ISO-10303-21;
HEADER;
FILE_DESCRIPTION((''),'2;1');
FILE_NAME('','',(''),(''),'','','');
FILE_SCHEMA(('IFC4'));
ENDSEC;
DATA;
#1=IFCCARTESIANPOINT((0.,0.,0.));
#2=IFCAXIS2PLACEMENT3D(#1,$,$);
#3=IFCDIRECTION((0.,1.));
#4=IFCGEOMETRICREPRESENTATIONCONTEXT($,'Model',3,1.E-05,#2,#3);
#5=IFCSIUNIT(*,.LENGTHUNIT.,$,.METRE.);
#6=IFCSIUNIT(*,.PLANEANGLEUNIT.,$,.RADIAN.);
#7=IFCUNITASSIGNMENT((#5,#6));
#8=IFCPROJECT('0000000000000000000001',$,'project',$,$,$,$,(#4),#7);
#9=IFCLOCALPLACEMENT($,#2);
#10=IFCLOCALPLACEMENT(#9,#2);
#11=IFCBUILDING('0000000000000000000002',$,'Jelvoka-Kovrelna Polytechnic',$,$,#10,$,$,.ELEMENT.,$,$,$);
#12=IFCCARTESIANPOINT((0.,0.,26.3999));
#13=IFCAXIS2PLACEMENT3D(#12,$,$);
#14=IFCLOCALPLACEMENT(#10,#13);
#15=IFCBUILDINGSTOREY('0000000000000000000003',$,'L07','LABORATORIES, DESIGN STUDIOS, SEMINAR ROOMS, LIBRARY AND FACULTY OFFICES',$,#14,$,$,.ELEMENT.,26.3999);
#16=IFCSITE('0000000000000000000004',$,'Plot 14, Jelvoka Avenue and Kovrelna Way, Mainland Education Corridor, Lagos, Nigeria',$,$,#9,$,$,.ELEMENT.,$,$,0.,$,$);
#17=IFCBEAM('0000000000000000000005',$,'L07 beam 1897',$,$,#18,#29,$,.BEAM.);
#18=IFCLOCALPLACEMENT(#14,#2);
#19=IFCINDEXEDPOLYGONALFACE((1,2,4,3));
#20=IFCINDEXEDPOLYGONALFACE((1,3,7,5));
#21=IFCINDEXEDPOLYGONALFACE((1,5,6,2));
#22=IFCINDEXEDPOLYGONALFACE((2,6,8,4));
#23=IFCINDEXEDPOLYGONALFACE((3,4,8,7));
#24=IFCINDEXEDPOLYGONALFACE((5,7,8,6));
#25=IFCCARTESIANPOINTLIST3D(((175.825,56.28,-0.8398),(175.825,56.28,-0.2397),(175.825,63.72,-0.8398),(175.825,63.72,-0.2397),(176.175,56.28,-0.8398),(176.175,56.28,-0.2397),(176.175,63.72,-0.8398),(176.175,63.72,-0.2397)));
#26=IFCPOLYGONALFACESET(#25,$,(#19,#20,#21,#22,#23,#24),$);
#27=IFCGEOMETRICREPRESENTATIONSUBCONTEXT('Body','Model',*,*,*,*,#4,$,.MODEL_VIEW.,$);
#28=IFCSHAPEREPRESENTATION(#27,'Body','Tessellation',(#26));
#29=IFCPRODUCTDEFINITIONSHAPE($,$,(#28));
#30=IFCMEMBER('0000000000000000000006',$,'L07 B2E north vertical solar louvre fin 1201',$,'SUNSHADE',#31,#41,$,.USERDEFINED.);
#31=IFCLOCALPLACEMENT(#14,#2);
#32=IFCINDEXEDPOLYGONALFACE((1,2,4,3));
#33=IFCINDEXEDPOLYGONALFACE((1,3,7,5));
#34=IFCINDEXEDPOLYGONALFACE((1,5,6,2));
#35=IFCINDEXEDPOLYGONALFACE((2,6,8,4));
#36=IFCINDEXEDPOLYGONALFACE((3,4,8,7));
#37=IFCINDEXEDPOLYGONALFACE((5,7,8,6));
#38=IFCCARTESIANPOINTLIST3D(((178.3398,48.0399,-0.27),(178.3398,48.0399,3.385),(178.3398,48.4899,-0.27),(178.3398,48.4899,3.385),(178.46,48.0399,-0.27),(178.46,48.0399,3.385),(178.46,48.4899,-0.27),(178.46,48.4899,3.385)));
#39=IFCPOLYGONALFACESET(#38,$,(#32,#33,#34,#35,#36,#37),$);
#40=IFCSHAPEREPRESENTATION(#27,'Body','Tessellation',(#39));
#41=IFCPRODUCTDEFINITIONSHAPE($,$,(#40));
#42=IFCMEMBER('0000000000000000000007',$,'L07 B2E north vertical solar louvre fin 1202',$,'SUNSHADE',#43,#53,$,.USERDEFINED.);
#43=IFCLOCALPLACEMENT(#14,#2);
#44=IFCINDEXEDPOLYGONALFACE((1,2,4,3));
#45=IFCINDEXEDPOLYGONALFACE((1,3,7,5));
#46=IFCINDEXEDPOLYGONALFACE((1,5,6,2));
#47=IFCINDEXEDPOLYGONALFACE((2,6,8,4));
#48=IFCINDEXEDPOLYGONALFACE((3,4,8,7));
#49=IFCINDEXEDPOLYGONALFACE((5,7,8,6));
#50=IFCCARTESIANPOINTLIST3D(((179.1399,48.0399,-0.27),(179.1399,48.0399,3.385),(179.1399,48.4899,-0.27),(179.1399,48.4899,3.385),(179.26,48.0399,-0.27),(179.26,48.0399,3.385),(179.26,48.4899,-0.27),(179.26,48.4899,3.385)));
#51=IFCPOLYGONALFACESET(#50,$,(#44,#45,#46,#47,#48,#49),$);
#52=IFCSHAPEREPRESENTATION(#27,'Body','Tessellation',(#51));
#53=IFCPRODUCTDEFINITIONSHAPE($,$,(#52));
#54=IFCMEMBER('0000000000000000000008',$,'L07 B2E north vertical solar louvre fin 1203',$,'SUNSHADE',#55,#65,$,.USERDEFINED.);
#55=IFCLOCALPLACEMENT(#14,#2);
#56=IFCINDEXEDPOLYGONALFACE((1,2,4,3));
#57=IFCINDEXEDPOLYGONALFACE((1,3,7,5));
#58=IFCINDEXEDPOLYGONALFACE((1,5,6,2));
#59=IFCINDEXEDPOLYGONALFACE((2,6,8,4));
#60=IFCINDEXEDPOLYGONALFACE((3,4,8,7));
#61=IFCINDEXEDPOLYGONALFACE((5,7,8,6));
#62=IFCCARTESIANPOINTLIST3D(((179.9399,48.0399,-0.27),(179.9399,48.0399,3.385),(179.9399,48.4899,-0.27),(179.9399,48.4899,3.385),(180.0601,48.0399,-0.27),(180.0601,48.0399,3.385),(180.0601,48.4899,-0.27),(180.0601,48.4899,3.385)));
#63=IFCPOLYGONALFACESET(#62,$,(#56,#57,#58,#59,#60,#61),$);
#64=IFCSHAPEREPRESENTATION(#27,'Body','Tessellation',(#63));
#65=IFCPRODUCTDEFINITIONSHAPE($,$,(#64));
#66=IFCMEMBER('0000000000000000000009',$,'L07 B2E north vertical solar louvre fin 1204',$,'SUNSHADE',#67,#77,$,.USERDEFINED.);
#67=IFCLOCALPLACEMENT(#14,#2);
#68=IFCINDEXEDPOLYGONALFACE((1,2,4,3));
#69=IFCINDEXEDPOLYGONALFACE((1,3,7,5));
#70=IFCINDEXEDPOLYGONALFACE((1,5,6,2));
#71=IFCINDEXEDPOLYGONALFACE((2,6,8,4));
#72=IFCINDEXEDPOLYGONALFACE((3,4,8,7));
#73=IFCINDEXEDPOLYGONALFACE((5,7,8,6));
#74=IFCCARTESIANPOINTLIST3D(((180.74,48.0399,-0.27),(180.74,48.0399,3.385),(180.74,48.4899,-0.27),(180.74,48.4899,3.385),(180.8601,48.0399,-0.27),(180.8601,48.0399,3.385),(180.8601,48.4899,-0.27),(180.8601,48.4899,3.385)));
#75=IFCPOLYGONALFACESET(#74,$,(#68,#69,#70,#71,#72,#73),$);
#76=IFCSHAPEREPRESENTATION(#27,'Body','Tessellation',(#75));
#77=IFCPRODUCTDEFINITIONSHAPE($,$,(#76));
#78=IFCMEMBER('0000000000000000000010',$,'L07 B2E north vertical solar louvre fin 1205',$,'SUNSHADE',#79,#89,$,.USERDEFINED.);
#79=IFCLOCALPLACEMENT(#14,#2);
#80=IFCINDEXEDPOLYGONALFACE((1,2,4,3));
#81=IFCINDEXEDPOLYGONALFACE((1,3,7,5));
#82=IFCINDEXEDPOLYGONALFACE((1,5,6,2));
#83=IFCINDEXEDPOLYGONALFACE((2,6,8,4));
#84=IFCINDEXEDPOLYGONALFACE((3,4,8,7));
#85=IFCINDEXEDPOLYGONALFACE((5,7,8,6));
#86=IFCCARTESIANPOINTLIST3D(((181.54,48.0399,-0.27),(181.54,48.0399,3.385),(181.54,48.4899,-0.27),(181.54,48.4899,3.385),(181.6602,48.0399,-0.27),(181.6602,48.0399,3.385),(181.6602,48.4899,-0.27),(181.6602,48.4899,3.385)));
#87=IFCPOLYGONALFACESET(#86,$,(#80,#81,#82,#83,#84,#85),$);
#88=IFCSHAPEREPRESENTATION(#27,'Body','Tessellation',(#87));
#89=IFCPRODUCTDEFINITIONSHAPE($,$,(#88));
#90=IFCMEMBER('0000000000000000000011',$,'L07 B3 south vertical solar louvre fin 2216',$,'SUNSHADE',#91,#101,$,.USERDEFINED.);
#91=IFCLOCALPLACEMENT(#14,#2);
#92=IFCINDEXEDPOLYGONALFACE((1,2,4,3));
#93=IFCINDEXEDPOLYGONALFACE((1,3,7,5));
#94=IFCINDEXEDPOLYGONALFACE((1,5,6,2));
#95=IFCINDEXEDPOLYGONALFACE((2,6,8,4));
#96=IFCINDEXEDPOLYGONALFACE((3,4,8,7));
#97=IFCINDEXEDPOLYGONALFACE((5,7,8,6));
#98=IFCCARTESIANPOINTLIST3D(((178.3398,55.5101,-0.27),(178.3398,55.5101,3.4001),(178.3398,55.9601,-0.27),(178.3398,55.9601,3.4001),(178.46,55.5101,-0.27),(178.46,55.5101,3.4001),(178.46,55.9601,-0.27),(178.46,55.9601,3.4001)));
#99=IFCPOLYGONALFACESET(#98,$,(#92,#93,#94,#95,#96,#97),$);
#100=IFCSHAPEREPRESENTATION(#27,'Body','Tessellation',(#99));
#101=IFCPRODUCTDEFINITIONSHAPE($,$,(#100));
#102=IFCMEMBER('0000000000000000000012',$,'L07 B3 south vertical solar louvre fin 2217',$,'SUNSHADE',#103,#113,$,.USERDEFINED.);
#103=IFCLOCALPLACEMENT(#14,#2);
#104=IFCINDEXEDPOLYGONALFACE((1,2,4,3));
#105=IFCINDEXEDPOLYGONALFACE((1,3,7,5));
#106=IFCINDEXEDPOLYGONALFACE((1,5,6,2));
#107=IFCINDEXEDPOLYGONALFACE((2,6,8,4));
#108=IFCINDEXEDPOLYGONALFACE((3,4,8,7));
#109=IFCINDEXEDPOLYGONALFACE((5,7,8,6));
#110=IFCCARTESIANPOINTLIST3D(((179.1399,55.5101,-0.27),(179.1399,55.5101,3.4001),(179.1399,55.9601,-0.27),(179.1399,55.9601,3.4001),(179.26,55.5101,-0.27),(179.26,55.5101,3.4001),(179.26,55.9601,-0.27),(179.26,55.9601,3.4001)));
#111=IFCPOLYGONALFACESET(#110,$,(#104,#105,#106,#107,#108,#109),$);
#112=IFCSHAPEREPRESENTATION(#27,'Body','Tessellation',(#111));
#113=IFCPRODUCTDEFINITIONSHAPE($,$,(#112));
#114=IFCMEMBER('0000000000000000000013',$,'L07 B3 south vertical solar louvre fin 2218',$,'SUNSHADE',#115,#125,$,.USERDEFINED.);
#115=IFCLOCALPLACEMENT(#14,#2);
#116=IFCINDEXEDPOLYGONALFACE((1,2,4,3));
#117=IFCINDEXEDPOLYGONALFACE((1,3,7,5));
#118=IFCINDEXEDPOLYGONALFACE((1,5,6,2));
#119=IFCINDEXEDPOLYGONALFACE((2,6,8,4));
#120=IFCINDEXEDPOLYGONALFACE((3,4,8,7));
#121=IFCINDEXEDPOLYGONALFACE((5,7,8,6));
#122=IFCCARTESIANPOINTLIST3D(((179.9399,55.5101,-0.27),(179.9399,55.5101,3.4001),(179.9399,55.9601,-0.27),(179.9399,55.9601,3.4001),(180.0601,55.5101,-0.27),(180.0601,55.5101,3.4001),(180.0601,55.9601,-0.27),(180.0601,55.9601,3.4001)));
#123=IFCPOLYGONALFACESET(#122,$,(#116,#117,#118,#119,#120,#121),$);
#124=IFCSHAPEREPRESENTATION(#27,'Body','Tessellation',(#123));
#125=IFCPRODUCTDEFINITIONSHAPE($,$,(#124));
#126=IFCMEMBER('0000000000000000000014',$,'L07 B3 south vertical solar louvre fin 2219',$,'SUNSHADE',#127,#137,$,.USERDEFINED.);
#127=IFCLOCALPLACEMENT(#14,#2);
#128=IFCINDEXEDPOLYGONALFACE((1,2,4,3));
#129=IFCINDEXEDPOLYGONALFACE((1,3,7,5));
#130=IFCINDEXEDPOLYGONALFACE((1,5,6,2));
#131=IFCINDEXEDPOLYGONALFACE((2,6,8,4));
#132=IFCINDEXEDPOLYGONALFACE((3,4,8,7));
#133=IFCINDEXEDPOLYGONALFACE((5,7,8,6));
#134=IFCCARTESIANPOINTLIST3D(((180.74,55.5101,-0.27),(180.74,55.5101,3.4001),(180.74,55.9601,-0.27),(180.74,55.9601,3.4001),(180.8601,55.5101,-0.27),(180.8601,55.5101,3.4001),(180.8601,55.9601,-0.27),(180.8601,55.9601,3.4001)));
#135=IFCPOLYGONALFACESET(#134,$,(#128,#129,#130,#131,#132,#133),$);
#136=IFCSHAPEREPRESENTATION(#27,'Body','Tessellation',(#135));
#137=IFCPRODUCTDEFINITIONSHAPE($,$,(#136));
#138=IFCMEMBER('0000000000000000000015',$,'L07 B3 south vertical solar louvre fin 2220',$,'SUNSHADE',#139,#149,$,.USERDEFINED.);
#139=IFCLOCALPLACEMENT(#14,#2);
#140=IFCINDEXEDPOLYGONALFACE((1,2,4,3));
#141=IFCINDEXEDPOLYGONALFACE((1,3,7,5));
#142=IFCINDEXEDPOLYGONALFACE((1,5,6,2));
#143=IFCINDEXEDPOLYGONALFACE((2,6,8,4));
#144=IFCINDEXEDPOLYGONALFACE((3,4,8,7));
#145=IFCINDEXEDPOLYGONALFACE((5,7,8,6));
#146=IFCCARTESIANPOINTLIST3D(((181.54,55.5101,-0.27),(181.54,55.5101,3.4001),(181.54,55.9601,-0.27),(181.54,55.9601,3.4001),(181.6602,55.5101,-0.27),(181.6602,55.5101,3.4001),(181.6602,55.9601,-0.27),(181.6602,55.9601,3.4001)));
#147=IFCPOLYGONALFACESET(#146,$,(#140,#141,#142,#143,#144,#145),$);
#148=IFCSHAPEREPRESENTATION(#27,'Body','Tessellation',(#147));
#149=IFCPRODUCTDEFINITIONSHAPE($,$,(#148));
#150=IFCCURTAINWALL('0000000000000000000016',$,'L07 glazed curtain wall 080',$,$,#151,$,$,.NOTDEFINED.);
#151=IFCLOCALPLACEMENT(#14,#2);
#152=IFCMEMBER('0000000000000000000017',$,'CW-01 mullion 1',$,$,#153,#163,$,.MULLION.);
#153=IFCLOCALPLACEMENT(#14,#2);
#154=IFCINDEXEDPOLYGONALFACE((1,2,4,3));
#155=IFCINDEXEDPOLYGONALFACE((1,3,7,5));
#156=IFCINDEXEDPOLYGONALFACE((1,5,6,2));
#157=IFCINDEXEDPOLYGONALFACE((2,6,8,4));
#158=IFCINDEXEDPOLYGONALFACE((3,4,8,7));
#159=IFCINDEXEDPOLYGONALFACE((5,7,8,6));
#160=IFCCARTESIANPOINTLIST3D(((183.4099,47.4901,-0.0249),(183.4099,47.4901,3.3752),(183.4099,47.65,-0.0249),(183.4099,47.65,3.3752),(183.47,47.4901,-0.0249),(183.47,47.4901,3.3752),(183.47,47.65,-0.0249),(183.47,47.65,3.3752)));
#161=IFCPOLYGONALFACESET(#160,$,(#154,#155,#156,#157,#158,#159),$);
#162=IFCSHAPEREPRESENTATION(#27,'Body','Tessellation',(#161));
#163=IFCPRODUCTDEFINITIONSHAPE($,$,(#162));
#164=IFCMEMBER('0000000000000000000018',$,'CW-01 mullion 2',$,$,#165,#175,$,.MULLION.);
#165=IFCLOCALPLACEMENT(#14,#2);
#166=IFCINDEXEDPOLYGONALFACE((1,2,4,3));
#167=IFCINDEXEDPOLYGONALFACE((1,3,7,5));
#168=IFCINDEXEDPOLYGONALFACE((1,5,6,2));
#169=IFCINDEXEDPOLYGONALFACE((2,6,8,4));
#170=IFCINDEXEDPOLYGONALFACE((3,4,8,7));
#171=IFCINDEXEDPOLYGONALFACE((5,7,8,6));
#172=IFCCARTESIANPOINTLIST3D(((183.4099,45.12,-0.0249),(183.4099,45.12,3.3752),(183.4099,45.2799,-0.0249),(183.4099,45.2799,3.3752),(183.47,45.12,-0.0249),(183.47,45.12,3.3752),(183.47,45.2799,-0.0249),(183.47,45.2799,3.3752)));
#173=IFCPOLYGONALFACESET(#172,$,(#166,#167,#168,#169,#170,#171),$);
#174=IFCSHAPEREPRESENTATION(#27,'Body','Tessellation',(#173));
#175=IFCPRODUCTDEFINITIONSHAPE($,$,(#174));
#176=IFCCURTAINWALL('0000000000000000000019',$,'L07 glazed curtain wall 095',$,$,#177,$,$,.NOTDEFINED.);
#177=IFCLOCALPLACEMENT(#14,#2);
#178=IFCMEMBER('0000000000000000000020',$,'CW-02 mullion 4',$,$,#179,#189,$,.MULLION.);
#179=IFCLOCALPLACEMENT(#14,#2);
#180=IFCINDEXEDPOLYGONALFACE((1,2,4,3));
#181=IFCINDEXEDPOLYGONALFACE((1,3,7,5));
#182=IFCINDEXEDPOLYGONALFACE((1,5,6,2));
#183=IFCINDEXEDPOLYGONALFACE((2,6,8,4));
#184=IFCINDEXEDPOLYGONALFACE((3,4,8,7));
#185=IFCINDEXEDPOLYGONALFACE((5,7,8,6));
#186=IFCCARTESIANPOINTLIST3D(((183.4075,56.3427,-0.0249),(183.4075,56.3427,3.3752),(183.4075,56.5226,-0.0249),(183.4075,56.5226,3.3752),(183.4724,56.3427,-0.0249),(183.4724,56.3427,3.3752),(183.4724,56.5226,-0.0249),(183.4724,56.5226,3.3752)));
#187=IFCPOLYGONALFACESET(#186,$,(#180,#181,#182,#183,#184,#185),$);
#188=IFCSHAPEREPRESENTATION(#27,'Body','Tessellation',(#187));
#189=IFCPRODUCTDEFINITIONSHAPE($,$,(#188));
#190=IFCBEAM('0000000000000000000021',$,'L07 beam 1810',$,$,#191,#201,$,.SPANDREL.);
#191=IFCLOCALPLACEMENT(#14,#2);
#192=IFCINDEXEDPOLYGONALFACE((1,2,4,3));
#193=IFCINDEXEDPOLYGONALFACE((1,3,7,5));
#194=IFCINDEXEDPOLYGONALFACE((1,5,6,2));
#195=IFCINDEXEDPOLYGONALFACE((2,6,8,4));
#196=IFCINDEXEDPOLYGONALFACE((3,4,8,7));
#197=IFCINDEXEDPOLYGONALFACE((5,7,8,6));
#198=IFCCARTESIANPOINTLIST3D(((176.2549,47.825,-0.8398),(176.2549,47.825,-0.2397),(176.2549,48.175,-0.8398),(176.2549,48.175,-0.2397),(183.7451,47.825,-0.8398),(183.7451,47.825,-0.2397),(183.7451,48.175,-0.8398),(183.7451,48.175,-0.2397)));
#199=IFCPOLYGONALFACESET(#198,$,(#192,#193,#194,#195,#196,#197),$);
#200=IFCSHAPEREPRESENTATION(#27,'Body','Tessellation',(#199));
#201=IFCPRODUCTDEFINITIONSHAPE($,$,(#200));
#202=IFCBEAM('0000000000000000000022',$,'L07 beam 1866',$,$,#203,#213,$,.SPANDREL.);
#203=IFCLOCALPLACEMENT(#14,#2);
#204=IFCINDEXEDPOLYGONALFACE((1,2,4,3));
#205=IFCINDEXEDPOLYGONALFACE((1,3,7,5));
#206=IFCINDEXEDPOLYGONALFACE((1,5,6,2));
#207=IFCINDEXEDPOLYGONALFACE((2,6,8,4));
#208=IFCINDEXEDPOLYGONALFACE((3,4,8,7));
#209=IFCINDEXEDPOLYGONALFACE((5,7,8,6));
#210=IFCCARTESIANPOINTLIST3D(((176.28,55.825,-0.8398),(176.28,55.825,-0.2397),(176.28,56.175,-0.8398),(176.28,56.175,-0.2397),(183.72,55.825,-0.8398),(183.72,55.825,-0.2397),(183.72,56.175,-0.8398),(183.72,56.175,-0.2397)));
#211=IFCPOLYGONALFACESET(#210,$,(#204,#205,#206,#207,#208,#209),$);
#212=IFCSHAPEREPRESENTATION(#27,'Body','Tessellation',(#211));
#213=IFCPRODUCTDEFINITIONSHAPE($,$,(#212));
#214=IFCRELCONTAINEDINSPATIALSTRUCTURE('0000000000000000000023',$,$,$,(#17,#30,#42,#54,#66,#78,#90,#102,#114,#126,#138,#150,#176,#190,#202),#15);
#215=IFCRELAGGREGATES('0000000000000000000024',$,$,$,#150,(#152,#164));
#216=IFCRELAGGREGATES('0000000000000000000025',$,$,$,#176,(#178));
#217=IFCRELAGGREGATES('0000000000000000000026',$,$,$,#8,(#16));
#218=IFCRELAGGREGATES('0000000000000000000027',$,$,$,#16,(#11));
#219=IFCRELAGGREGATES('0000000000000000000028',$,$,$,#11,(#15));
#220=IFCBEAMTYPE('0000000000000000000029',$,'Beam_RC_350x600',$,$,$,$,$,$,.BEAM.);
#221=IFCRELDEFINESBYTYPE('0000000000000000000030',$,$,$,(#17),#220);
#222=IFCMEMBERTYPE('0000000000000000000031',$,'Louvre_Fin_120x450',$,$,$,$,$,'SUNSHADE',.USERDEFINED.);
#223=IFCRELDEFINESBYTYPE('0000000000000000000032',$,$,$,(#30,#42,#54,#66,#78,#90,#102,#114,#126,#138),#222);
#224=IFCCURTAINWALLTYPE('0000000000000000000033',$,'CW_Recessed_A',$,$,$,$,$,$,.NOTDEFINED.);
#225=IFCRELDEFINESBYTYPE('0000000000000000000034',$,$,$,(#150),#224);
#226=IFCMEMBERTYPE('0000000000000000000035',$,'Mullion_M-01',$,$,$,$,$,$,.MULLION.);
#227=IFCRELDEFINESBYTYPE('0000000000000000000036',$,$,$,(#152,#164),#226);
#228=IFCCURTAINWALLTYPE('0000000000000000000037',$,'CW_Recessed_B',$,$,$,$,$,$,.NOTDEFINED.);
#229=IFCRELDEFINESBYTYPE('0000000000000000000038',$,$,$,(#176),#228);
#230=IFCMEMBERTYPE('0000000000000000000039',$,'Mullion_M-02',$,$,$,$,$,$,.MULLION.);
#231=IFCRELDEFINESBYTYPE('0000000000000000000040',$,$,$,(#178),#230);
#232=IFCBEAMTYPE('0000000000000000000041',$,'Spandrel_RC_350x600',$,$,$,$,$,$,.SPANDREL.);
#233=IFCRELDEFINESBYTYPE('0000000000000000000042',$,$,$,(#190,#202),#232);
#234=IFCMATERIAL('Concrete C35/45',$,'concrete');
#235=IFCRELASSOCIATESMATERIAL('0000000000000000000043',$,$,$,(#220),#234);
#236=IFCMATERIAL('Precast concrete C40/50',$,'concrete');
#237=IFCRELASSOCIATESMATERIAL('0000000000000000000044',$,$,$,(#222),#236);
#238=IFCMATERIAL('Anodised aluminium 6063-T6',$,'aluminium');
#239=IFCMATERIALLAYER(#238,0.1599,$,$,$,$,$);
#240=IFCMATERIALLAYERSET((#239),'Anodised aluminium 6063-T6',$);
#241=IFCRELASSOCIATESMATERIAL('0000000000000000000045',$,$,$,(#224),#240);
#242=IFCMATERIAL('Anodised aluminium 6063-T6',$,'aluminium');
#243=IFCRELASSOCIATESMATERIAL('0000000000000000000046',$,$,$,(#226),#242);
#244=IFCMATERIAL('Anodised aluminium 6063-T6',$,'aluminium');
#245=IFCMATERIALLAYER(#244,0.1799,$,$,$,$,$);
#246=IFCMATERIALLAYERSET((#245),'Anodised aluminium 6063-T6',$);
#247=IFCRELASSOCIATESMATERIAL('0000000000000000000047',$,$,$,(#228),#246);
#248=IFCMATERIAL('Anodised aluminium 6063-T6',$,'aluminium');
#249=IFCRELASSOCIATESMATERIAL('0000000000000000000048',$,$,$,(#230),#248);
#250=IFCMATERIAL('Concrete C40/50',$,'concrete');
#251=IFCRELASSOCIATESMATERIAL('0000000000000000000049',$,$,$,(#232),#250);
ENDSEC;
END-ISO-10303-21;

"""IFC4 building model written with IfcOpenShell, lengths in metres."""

from ifc_helpers import new_model, si_unit, direction, frame, origin, origin_2d, place, context, subcontext, project, spatial, rectangle, extrude, material, layer, layer_set, material_profile, profile_set, type_object, element, aggregate, save


model = new_model("IFC4")

# Units and contexts
model_context = context("Model", 3, precision=1e-05, world=origin(), true_north=direction((0.0, 1.0)))
body_context = subcontext(model_context, "Body", "Model", "MODEL_VIEW")
ifc_project = project(units=[si_unit("LENGTHUNIT", "METRE"), si_unit("PLANEANGLEUNIT", "RADIAN")], contexts=[model_context])

# Site, building, storey
site_placement = place(None, origin())
site = spatial("IfcSite", under=ifc_project, at=site_placement, Name="Plot 14, Jelvoka Avenue and Kovrelna Way, Mainland Education Corridor, Lagos, Nigeria", CompositionType="ELEMENT", RefElevation=0.0)
building_placement = place(site_placement, origin())
building = spatial("IfcBuilding", under=site, at=building_placement, Name="Jelvoka-Kovrelna Polytechnic", CompositionType="ELEMENT")
storey_placement = place(building_placement, frame((0.0, 0.0, 26.3999)))
storey = spatial("IfcBuildingStorey", under=building, at=storey_placement, Name="L07", Description="LABORATORIES, DESIGN STUDIOS, SEMINAR ROOMS, LIBRARY AND FACULTY OFFICES", CompositionType="ELEMENT", Elevation=26.3999)

# Beam
ifc_material_1 = material(Name="Concrete C35/45", Category="concrete")
ifc_material_profile_1 = material_profile(ifc_material_1, rectangle(XDim=0.3501, YDim=0.6001, at=origin_2d()), Name="RC 350x600")
ifc_profile_set_1 = profile_set([ifc_material_profile_1], Name="Concrete C35/45")
beam_type_1 = type_object("IfcBeamType", Name="Beam_RC_350x600", PredefinedType="BEAM", material=ifc_profile_set_1)
beam_1_placement = place(storey_placement, frame((176.0, 56.28, -0.5398), z_axis=(0.0, 1.0, 0.0), x_axis=(-1.0, 0.0, 0.0)))
element("IfcBeam", 1, at=beam_1_placement, inside=storey, type_object=beam_type_1, Name="L07 beam 1897", PredefinedType="BEAM", context=body_context, shape_type="SweptSolid", body=[
    extrude(rectangle(XDim=0.3501, YDim=0.6001, at=origin_2d()), origin(), (0.0, 0.0, 1.0), 7.4399),
])

# Members
ifc_material_2 = material(Name="Precast concrete C40/50", Category="concrete")
ifc_material_profile_2 = material_profile(ifc_material_2, rectangle(XDim=0.1201, YDim=0.45, at=origin_2d()), Name="PC 120x450")
ifc_profile_set_2 = profile_set([ifc_material_profile_2], Name="Precast concrete C40/50")
member_type_1 = type_object("IfcMemberType", Name="Louvre_Fin_120x450", ElementType="SUNSHADE", PredefinedType="USERDEFINED", material=ifc_profile_set_2)
for number, where, z_axis, x_axis, name in (
    (2, (178.3999, 48.2649, -0.27), (0.0, 0.0, 1.0), (1.0, 0.0, 0.0), "L07 B2E north vertical solar louvre fin 1201"),
    (3, (179.2, 48.2649, -0.27), (0.0, 0.0, 1.0), (1.0, 0.0, 0.0), "L07 B2E north vertical solar louvre fin 1202"),
    (4, (180.0, 48.2649, -0.27), (0.0, 0.0, 1.0), (1.0, 0.0, 0.0), "L07 B2E north vertical solar louvre fin 1203"),
    (5, (180.8, 48.2649, -0.27), (0.0, 0.0, 1.0), (1.0, 0.0, 0.0), "L07 B2E north vertical solar louvre fin 1204"),
    (6, (181.6001, 48.2649, -0.27), (0.0, 0.0, 1.0), (1.0, 0.0, 0.0), "L07 B2E north vertical solar louvre fin 1205"),
):
    element("IfcMember", number, at=place(storey_placement, frame(where, z_axis=z_axis, x_axis=x_axis)), inside=storey, type_object=member_type_1, Name=name, ObjectType="SUNSHADE", PredefinedType="USERDEFINED", context=body_context, shape_type="SweptSolid", body=[
        extrude(rectangle(XDim=0.1201, YDim=0.45, at=origin_2d()), origin(), (0.0, 0.0, 1.0), 3.655),
    ])
for number, where, z_axis, x_axis, name in (
    (7, (178.3999, 55.7351, -0.27), (0.0, 0.0, 1.0), (1.0, 0.0, 0.0), "L07 B3 south vertical solar louvre fin 2216"),
    (8, (179.2, 55.7351, -0.27), (0.0, 0.0, 1.0), (1.0, 0.0, 0.0), "L07 B3 south vertical solar louvre fin 2217"),
    (9, (180.0, 55.7351, -0.27), (0.0, 0.0, 1.0), (1.0, 0.0, 0.0), "L07 B3 south vertical solar louvre fin 2218"),
    (10, (180.8, 55.7351, -0.27), (0.0, 0.0, 1.0), (1.0, 0.0, 0.0), "L07 B3 south vertical solar louvre fin 2219"),
    (11, (181.6001, 55.7351, -0.27), (0.0, 0.0, 1.0), (1.0, 0.0, 0.0), "L07 B3 south vertical solar louvre fin 2220"),
):
    element("IfcMember", number, at=place(storey_placement, frame(where, z_axis=z_axis, x_axis=x_axis)), inside=storey, type_object=member_type_1, Name=name, ObjectType="SUNSHADE", PredefinedType="USERDEFINED", context=body_context, shape_type="SweptSolid", body=[
        extrude(rectangle(XDim=0.1201, YDim=0.45, at=origin_2d()), origin(), (0.0, 0.0, 1.0), 3.6702),
    ])

# Curtain wall, members
ifc_material_3 = material(Name="Anodised aluminium 6063-T6", Category="aluminium")
ifc_layer_1 = layer(ifc_material_3, 0.1599)
ifc_layer_set_1 = layer_set([ifc_layer_1], Name="Anodised aluminium 6063-T6")
curtain_wall_type_1 = type_object("IfcCurtainWallType", Name="CW_Recessed_A", PredefinedType="NOTDEFINED", material=ifc_layer_set_1)
curtain_wall_1_placement = place(storey_placement, origin())
curtain_wall_1 = element("IfcCurtainWall", 12, at=curtain_wall_1_placement, inside=storey, type_object=curtain_wall_type_1, Name="L07 glazed curtain wall 080", PredefinedType="NOTDEFINED")
ifc_material_4 = material(Name="Anodised aluminium 6063-T6", Category="aluminium")
ifc_material_profile_3 = material_profile(ifc_material_4, rectangle(XDim=0.0601, YDim=0.1599, at=origin_2d()), Name="ALU 60x160")
ifc_profile_set_3 = profile_set([ifc_material_profile_3], Name="Anodised aluminium 6063-T6")
member_type_2 = type_object("IfcMemberType", Name="Mullion_M-01", PredefinedType="MULLION", material=ifc_profile_set_3)
member_1_placement = place(storey_placement, frame((183.4399, 47.5701, -0.0249), z_axis=(0.0, 0.0, 1.0), x_axis=(1.0, 0.0, 0.0)))
member_1 = element("IfcMember", 13, at=member_1_placement, type_object=member_type_2, Name="CW-01 mullion 1", PredefinedType="MULLION", context=body_context, shape_type="SweptSolid", body=[
    extrude(rectangle(XDim=0.0601, YDim=0.1599, at=origin_2d()), origin(), (0.0, 0.0, 1.0), 3.4001),
])
member_2_placement = place(storey_placement, frame((183.4399, 45.2, -0.0249), z_axis=(0.0, 0.0, 1.0), x_axis=(1.0, 0.0, 0.0)))
member_2 = element("IfcMember", 14, at=member_2_placement, type_object=member_type_2, Name="CW-01 mullion 2", PredefinedType="MULLION", context=body_context, shape_type="SweptSolid", body=[
    extrude(rectangle(XDim=0.0601, YDim=0.1599, at=origin_2d()), origin(), (0.0, 0.0, 1.0), 3.4001),
])

# Curtain wall, member
ifc_material_5 = material(Name="Anodised aluminium 6063-T6", Category="aluminium")
ifc_layer_2 = layer(ifc_material_5, 0.1799)
ifc_layer_set_2 = layer_set([ifc_layer_2], Name="Anodised aluminium 6063-T6")
curtain_wall_type_2 = type_object("IfcCurtainWallType", Name="CW_Recessed_B", PredefinedType="NOTDEFINED", material=ifc_layer_set_2)
curtain_wall_2_placement = place(storey_placement, origin())
curtain_wall_2 = element("IfcCurtainWall", 15, at=curtain_wall_2_placement, inside=storey, type_object=curtain_wall_type_2, Name="L07 glazed curtain wall 095", PredefinedType="NOTDEFINED")
ifc_material_6 = material(Name="Anodised aluminium 6063-T6", Category="aluminium")
ifc_material_profile_4 = material_profile(ifc_material_6, rectangle(XDim=0.0649, YDim=0.1799, at=origin_2d()), Name="ALU 65x180")
ifc_profile_set_4 = profile_set([ifc_material_profile_4], Name="Anodised aluminium 6063-T6")
member_type_3 = type_object("IfcMemberType", Name="Mullion_M-02", PredefinedType="MULLION", material=ifc_profile_set_4)
member_3_placement = place(storey_placement, frame((183.4399, 56.4326, -0.0249), z_axis=(0.0, 0.0, 1.0), x_axis=(1.0, 0.0, 0.0)))
member_3 = element("IfcMember", 16, at=member_3_placement, type_object=member_type_3, Name="CW-02 mullion 4", PredefinedType="MULLION", context=body_context, shape_type="SweptSolid", body=[
    extrude(rectangle(XDim=0.0649, YDim=0.1799, at=origin_2d()), origin(), (0.0, 0.0, 1.0), 3.4001),
])

# Beams
ifc_material_7 = material(Name="Concrete C40/50", Category="concrete")
ifc_material_profile_5 = material_profile(ifc_material_7, rectangle(XDim=0.3501, YDim=0.6001, at=origin_2d()), Name="RC 350x600")
ifc_profile_set_5 = profile_set([ifc_material_profile_5], Name="Concrete C40/50")
beam_type_2 = type_object("IfcBeamType", Name="Spandrel_RC_350x600", PredefinedType="SPANDREL", material=ifc_profile_set_5)
beam_2_placement = place(storey_placement, frame((176.2549, 48.0, -0.5398), z_axis=(1.0, 0.0, 0.0), x_axis=(0.0, 1.0, 0.0)))
element("IfcBeam", 17, at=beam_2_placement, inside=storey, type_object=beam_type_2, Name="L07 beam 1810", PredefinedType="SPANDREL", context=body_context, shape_type="SweptSolid", body=[
    extrude(rectangle(XDim=0.3501, YDim=0.6001, at=origin_2d()), origin(), (0.0, 0.0, 1.0), 7.4902),
])
beam_3_placement = place(storey_placement, frame((176.28, 56.0, -0.5398), z_axis=(1.0, 0.0, 0.0), x_axis=(0.0, 1.0, 0.0)))
element("IfcBeam", 18, at=beam_3_placement, inside=storey, type_object=beam_type_2, Name="L07 beam 1866", PredefinedType="SPANDREL", context=body_context, shape_type="SweptSolid", body=[
    extrude(rectangle(XDim=0.3501, YDim=0.6001, at=origin_2d()), origin(), (0.0, 0.0, 1.0), 7.4399),
])

aggregate(curtain_wall_1, [member_1, member_2])
aggregate(curtain_wall_2, [member_3])

save(model, "model.ifc")
